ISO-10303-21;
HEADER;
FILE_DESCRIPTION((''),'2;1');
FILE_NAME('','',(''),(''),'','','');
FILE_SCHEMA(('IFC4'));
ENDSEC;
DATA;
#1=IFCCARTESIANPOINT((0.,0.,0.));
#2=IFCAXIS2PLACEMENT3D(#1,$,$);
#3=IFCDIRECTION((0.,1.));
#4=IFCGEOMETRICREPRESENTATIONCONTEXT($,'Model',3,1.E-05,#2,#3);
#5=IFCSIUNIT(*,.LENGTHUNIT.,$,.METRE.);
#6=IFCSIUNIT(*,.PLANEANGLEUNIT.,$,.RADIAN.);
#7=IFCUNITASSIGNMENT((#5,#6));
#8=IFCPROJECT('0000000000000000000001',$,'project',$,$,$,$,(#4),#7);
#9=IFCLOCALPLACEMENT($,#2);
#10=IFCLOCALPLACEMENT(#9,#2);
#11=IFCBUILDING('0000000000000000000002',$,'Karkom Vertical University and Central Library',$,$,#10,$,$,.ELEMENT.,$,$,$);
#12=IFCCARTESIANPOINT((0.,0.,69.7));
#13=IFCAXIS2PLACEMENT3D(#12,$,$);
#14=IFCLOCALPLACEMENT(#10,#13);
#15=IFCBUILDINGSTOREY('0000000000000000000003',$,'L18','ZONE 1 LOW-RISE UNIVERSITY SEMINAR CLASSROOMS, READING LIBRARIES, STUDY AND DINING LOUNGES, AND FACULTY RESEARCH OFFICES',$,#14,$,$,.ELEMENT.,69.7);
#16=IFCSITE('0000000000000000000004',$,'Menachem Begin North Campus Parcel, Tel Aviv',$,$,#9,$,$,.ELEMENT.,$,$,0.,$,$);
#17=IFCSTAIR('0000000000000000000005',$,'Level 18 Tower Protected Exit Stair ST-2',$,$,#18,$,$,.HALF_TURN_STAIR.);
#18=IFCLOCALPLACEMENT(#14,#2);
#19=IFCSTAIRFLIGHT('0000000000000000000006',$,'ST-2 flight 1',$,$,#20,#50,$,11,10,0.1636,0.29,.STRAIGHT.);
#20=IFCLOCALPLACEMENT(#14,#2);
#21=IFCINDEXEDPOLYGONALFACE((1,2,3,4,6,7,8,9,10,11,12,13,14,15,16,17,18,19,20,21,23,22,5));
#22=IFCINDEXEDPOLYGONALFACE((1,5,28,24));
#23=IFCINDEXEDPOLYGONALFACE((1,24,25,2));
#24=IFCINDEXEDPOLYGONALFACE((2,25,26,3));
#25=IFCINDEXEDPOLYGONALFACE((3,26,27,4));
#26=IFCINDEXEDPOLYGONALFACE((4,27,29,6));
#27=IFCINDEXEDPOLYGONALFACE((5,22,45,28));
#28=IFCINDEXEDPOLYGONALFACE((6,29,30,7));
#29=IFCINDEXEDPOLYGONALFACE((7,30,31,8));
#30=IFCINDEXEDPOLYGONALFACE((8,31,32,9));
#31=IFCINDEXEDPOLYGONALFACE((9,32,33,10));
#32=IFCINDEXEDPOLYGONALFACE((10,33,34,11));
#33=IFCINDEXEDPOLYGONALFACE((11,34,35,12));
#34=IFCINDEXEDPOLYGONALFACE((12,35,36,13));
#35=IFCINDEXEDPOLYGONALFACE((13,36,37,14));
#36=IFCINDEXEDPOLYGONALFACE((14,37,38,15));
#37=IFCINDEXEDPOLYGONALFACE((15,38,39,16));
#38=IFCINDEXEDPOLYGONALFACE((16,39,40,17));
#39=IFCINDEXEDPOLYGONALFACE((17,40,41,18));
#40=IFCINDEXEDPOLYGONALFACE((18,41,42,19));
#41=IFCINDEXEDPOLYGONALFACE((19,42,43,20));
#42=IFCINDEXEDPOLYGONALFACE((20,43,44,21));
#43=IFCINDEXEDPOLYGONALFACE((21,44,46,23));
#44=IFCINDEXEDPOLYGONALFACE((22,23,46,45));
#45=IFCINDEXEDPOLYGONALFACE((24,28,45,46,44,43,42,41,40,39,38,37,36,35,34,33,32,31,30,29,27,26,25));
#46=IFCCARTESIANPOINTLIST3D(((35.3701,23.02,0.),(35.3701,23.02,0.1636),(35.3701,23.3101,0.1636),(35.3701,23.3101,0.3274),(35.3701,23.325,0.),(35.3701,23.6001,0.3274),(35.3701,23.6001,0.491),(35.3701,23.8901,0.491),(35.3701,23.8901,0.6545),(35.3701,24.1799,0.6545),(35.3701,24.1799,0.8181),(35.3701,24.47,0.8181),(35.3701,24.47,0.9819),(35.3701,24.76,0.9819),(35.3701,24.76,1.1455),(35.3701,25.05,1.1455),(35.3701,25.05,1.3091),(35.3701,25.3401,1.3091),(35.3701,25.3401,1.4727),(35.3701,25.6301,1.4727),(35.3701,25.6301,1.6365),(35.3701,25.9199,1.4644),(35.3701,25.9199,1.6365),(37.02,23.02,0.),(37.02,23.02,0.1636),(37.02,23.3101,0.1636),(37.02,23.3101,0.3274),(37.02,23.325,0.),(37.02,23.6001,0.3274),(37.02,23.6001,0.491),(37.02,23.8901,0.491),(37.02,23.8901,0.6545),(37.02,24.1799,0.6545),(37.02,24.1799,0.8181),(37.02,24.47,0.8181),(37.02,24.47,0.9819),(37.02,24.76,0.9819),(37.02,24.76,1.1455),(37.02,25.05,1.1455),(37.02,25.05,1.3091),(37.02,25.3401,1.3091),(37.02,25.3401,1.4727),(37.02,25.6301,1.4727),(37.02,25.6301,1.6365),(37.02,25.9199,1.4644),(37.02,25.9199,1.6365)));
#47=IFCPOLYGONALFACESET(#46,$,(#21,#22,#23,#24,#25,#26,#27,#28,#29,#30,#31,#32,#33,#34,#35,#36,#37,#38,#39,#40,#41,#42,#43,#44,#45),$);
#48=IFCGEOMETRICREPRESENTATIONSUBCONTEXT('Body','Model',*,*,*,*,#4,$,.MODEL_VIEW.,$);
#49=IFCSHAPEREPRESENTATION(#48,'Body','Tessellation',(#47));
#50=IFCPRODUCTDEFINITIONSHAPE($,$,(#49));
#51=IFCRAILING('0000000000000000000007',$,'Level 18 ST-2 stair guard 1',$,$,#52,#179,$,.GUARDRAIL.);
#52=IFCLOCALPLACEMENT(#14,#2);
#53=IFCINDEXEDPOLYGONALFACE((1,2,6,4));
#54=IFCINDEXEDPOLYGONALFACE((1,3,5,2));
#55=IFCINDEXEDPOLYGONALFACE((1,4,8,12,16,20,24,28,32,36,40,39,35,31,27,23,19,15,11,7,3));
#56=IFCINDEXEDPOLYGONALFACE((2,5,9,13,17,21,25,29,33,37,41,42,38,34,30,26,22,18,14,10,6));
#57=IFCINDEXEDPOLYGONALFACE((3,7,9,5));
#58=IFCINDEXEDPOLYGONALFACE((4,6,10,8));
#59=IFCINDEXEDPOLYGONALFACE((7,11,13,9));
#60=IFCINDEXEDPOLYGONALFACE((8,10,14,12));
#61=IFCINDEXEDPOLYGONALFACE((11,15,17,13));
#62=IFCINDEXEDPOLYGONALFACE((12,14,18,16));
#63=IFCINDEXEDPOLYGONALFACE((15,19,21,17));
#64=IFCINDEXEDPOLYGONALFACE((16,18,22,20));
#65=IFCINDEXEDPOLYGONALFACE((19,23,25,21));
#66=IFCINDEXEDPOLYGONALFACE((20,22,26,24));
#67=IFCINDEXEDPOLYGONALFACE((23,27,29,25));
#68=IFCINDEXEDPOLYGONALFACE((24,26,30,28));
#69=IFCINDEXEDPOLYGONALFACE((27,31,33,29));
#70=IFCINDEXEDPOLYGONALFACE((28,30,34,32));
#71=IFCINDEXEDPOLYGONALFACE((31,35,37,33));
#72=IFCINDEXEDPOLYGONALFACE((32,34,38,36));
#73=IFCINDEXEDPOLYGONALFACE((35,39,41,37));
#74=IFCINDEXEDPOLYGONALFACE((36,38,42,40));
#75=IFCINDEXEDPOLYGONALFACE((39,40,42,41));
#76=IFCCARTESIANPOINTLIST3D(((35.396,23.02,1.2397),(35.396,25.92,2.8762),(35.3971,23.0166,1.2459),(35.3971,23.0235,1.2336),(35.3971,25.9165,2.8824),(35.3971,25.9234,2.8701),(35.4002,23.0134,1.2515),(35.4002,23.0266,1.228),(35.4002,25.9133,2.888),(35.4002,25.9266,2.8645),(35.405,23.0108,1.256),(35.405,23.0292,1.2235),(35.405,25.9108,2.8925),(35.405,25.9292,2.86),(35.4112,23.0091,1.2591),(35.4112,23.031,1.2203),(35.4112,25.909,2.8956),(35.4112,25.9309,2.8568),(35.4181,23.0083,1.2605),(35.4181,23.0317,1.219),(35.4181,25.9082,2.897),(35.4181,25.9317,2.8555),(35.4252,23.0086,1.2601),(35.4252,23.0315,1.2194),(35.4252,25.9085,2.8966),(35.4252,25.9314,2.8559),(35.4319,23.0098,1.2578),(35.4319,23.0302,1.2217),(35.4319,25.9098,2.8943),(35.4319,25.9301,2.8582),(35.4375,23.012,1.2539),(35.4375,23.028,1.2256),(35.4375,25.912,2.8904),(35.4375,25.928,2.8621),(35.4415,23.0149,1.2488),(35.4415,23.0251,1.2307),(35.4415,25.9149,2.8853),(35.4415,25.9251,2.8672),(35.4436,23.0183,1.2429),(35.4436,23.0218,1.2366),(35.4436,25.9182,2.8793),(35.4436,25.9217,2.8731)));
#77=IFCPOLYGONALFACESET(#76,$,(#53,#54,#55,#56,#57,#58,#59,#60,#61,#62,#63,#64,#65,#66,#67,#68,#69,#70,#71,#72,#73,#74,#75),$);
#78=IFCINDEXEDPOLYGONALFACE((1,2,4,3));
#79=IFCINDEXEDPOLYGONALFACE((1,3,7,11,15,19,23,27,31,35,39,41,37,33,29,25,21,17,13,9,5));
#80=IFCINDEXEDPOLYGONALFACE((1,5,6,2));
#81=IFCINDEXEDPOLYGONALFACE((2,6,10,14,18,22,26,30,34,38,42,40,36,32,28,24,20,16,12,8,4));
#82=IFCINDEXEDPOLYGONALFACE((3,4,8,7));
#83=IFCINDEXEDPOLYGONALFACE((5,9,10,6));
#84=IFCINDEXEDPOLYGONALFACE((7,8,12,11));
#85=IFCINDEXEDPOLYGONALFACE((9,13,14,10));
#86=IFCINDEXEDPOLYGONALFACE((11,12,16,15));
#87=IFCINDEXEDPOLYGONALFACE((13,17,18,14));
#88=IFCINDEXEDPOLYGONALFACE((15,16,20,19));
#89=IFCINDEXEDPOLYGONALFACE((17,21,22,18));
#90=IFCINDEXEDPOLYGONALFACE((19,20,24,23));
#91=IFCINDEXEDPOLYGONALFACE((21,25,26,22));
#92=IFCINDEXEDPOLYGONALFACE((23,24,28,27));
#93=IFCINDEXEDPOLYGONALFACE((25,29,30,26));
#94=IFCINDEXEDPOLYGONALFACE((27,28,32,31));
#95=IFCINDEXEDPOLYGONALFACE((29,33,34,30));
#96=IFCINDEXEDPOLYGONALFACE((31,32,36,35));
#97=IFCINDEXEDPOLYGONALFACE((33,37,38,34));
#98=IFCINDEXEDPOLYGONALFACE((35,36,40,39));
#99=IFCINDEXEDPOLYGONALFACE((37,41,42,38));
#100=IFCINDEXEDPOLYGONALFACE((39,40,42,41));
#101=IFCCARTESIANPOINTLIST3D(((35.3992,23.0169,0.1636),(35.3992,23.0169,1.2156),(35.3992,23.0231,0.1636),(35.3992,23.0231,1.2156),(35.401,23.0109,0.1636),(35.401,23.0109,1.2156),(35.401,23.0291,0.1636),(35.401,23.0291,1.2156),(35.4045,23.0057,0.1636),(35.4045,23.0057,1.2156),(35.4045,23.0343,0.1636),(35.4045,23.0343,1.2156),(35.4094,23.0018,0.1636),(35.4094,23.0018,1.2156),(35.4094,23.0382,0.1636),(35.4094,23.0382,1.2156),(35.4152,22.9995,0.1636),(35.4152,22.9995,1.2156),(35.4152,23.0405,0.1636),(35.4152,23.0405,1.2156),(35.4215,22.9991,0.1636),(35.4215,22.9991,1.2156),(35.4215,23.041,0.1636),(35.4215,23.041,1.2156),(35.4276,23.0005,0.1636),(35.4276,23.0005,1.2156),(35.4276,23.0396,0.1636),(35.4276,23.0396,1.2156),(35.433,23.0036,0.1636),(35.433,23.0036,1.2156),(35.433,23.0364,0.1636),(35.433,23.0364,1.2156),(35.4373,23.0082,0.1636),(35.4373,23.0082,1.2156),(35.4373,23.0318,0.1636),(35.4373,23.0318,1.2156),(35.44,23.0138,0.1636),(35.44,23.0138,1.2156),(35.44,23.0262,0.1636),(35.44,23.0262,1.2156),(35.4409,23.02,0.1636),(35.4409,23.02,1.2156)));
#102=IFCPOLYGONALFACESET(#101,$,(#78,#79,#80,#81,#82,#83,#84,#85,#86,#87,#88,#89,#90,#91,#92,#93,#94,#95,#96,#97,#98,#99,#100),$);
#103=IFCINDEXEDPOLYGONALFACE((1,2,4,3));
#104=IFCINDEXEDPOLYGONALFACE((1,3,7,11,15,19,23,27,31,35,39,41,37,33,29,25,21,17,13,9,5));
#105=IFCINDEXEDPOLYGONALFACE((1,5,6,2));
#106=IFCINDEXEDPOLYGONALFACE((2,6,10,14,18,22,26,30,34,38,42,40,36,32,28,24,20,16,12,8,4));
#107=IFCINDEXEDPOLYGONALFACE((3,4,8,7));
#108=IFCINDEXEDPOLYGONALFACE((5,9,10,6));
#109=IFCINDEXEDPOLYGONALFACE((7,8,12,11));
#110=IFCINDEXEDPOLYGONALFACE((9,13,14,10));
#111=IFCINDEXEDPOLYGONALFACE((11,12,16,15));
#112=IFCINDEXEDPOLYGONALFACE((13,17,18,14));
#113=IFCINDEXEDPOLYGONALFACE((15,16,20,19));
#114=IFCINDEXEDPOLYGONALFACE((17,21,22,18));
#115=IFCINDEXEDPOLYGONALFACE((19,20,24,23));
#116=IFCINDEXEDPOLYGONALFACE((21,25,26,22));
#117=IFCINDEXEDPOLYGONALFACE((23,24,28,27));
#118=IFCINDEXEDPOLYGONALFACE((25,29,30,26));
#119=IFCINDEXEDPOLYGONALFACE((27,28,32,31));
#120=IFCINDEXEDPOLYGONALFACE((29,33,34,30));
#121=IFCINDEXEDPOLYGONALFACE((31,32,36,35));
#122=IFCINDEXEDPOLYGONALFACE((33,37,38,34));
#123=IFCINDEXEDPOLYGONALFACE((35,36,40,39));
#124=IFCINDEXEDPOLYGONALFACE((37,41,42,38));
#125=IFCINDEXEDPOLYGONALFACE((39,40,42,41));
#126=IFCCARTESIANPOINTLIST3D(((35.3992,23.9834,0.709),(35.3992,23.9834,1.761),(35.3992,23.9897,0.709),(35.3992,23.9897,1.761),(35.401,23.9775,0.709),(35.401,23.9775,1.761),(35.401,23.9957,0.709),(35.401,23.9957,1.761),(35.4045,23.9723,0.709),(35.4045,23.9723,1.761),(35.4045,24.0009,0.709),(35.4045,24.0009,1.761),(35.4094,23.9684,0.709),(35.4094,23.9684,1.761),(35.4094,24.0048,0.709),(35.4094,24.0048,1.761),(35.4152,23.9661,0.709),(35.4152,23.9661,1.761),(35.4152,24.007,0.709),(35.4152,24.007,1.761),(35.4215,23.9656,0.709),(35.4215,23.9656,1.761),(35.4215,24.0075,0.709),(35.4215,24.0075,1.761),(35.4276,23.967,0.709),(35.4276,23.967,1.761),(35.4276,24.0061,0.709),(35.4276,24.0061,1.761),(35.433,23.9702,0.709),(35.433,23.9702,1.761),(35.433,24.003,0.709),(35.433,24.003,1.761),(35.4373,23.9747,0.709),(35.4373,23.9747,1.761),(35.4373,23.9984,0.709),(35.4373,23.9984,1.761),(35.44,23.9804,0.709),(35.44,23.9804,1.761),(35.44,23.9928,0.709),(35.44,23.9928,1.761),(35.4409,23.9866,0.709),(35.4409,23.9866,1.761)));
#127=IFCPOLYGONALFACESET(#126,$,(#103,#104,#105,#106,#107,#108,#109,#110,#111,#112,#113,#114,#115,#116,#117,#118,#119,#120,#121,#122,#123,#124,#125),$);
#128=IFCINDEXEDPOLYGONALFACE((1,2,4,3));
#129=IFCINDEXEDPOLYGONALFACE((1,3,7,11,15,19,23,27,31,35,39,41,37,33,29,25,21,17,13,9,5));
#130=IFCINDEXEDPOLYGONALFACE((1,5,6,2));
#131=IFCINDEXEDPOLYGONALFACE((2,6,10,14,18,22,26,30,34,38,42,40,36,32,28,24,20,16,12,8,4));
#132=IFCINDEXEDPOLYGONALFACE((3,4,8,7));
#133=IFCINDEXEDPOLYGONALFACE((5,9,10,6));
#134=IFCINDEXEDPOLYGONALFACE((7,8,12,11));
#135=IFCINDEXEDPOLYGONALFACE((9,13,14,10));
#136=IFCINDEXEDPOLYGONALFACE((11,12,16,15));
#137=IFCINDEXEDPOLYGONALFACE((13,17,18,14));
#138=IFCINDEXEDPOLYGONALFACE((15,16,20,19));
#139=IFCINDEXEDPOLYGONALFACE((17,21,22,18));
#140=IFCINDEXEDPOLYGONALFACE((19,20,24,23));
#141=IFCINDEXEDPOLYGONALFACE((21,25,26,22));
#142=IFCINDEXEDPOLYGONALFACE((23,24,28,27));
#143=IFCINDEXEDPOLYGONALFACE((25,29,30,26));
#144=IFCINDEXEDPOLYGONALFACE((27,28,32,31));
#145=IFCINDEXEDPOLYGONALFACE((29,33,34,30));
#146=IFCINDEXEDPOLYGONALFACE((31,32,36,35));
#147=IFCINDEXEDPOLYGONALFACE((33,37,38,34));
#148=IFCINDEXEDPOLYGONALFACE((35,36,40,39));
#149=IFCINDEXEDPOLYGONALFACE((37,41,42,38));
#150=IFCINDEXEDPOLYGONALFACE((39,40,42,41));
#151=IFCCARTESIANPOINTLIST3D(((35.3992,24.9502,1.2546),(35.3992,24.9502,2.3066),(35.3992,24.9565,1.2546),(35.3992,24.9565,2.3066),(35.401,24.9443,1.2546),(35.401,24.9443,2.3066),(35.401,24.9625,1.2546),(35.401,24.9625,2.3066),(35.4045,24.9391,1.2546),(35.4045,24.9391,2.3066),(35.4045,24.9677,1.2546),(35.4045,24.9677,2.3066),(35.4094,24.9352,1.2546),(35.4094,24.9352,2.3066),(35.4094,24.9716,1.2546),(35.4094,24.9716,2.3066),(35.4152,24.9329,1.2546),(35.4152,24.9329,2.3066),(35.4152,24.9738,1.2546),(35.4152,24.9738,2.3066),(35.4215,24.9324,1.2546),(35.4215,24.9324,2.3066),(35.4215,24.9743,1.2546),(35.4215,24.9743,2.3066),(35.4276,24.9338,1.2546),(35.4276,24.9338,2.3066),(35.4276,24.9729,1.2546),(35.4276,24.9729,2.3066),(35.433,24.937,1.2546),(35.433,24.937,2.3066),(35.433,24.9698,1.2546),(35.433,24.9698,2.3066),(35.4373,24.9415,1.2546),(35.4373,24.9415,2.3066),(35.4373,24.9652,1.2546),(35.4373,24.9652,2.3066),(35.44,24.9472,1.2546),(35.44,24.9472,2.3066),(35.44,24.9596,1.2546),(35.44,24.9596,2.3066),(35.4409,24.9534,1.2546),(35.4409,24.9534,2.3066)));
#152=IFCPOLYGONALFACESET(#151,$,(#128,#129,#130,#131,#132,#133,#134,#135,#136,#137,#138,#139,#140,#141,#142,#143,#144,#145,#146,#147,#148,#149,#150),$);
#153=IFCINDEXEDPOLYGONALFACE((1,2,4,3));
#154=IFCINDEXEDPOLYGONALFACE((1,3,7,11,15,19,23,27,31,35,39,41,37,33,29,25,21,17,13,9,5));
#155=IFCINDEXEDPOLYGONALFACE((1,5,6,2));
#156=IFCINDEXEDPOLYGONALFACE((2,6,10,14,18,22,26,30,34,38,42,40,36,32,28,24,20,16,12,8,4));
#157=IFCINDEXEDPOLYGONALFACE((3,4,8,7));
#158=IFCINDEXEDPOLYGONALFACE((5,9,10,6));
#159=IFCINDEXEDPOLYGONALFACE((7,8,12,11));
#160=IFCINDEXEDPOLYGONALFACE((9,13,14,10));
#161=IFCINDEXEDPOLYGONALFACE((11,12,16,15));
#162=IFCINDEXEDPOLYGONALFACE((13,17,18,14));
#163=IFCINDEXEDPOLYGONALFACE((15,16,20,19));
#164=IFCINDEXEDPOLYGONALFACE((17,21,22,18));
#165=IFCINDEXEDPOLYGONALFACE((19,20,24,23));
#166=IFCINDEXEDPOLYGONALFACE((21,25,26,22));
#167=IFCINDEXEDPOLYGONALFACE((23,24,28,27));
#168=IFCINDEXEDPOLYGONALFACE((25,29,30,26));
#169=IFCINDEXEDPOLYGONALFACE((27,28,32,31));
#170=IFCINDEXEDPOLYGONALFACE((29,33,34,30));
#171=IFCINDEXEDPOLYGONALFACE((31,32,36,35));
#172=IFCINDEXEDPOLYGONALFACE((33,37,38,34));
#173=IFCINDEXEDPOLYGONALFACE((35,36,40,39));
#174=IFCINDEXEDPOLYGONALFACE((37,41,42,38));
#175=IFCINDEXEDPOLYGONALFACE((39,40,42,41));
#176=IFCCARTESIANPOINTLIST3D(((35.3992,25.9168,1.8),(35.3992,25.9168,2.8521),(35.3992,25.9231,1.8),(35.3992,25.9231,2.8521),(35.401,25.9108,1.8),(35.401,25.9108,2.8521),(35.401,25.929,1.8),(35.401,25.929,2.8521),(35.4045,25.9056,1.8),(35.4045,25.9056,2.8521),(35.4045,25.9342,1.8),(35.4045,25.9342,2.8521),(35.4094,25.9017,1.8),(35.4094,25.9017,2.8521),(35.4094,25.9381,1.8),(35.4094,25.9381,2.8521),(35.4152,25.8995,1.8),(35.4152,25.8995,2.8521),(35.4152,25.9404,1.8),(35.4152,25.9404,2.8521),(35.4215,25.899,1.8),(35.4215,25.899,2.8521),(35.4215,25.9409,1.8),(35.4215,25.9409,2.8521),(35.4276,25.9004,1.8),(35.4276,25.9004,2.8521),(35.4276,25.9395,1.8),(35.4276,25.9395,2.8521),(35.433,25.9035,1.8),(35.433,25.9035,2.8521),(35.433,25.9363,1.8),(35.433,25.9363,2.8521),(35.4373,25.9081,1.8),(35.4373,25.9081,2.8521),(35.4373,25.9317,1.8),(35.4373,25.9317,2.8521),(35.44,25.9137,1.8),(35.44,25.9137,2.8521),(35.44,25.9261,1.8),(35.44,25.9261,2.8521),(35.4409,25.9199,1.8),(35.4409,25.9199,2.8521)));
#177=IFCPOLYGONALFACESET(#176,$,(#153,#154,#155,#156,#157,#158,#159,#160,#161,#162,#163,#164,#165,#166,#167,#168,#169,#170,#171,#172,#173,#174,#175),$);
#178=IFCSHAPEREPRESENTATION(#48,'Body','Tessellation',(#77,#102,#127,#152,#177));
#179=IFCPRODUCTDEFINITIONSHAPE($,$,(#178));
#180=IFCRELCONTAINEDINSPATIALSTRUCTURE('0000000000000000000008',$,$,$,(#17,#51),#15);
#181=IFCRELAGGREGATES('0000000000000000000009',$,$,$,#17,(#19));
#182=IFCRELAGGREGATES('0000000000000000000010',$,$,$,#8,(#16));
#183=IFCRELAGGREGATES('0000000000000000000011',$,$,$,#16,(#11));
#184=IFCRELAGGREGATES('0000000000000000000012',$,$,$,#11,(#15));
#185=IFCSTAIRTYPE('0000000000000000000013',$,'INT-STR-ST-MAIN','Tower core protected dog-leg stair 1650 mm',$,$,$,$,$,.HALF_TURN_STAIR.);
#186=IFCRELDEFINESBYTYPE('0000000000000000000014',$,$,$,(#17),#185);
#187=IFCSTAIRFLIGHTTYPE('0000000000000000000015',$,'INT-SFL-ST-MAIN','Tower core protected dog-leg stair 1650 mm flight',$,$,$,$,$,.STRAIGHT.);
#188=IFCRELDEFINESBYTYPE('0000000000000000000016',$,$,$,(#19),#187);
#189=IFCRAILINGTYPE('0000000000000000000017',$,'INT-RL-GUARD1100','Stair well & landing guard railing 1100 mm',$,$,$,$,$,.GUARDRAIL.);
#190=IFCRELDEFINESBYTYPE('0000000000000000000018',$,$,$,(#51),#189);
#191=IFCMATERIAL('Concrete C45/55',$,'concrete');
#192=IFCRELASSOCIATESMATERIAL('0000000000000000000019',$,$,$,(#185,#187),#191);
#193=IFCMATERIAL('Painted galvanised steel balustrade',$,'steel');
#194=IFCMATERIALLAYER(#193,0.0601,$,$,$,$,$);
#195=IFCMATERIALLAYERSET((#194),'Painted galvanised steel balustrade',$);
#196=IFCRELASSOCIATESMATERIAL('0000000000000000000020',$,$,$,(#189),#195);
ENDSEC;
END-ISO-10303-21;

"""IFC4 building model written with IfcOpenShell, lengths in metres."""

from ifc_helpers import new_model, si_unit, direction, frame, origin, origin_2d, place, context, subcontext, project, spatial, polyline, circle, outline, extrude, material, layer, layer_set, type_object, element, aggregate, save


model = new_model("IFC4")

# Units and contexts
model_context = context("Model", 3, precision=1e-05, world=origin(), true_north=direction((0.0, 1.0)))
body_context = subcontext(model_context, "Body", "Model", "MODEL_VIEW")
ifc_project = project(units=[si_unit("LENGTHUNIT", "METRE"), si_unit("PLANEANGLEUNIT", "RADIAN")], contexts=[model_context])

# Site, building, storey
site_placement = place(None, origin())
site = spatial("IfcSite", under=ifc_project, at=site_placement, Name="Menachem Begin North Campus Parcel, Tel Aviv", CompositionType="ELEMENT", RefElevation=0.0)
building_placement = place(site_placement, origin())
building = spatial("IfcBuilding", under=site, at=building_placement, Name="Karkom Vertical University and Central Library", CompositionType="ELEMENT")
storey_placement = place(building_placement, frame((0.0, 0.0, 69.7)))
storey = spatial("IfcBuildingStorey", under=building, at=storey_placement, Name="L18", Description="ZONE 1 LOW-RISE UNIVERSITY SEMINAR CLASSROOMS, READING LIBRARIES, STUDY AND DINING LOUNGES, AND FACULTY RESEARCH OFFICES", CompositionType="ELEMENT", Elevation=69.7)

# Shared definitions
ifc_material_1 = material(Name="Concrete C45/55", Category="concrete")

# Stair, stair flight
stair_type = type_object("IfcStairType", Name="INT-STR-ST-MAIN", Description="Tower core protected dog-leg stair 1650 mm", PredefinedType="HALF_TURN_STAIR", material=ifc_material_1)
stair_placement = place(storey_placement, origin())
stair = element("IfcStair", 1, at=stair_placement, inside=storey, type_object=stair_type, Name="Level 18 Tower Protected Exit Stair ST-2", PredefinedType="HALF_TURN_STAIR")
stair_flight_type = type_object("IfcStairFlightType", Name="INT-SFL-ST-MAIN", Description="Tower core protected dog-leg stair 1650 mm flight", PredefinedType="STRAIGHT", material=ifc_material_1)
stair_flight_placement = place(storey_placement, frame((36.1951, 23.02, 0.0), z_axis=(0.0, 0.0, 1.0), x_axis=(0.0, 1.0, 0.0)))
stair_flight = element("IfcStairFlight", 2, at=stair_flight_placement, type_object=stair_flight_type, Name="ST-2 flight 1", NumberOfRisers=11, NumberOfTreads=10, PredefinedType="STRAIGHT", RiserHeight=0.1636, TreadLength=0.29, context=body_context, shape_type="SweptSolid", body=[
    extrude(outline(polyline([(0.0, 0.0), (0.0, 0.1636), (0.29, 0.1636), (0.29, 0.3274), (0.5801, 0.3274), (0.5801, 0.491), (0.8701, 0.491), (0.8701, 0.6545), (1.1599, 0.6545), (1.1599, 0.8181), (1.45, 0.8181), (1.45, 0.9819), (1.74, 0.9819), (1.74, 1.1455), (2.03, 1.1455), (2.03, 1.3091), (2.3201, 1.3091), (2.3201, 1.4727), (2.6101, 1.4727), (2.6101, 1.6365), (2.8999, 1.6365), (2.8999, 1.8), (2.8999, 1.4644), (0.3049, 0.0), (0.0, 0.0)])), frame((0.0, 0.825, 0.0), z_axis=(0.0, -1.0, 0.0), x_axis=(1.0, 0.0, 0.0)), (0.0, 0.0, 1.0), 1.6499),
])
aggregate(stair, [stair_flight])

# Railing
ifc_material_2 = material(Name="Painted galvanised steel balustrade", Category="steel")
ifc_layer_1 = layer(ifc_material_2, 0.0601)
ifc_layer_set_1 = layer_set([ifc_layer_1], Name="Painted galvanised steel balustrade")
railing_type_1 = type_object("IfcRailingType", Name="INT-RL-GUARD1100", Description="Stair well & landing guard railing 1100 mm", PredefinedType="GUARDRAIL", material=ifc_layer_set_1)
railing_1_placement = place(storey_placement, frame((35.4199, 23.02, 0.1636)))
element("IfcRailing", 3, at=railing_1_placement, inside=storey, type_object=railing_type_1, Name="Level 18 ST-2 stair guard 1", PredefinedType="GUARDRAIL", context=body_context, shape_type="SweptSolid", body=[
    extrude(circle(Radius=0.0239, at=origin_2d()), frame((0.0, 0.0, 1.0762), z_axis=(0.0, 0.870897, 0.491465), x_axis=(-1.0, 0.0, 0.0)), (0.0, 0.0, 1.0), 3.3298),
    extrude(circle(Radius=0.021, at=origin_2d()), origin(), (0.0, 0.0, 1.0), 1.052),
    extrude(circle(Radius=0.021, at=origin_2d()), frame((0.0, 0.9666, 0.5454)), (0.0, 0.0, 1.0), 1.052),
    extrude(circle(Radius=0.021, at=origin_2d()), frame((0.0, 1.9333, 1.0911)), (0.0, 0.0, 1.0), 1.052),
    extrude(circle(Radius=0.021, at=origin_2d()), frame((0.0, 2.8999, 1.6365)), (0.0, 0.0, 1.0), 1.052),
])

save(model, "model.ifc")
